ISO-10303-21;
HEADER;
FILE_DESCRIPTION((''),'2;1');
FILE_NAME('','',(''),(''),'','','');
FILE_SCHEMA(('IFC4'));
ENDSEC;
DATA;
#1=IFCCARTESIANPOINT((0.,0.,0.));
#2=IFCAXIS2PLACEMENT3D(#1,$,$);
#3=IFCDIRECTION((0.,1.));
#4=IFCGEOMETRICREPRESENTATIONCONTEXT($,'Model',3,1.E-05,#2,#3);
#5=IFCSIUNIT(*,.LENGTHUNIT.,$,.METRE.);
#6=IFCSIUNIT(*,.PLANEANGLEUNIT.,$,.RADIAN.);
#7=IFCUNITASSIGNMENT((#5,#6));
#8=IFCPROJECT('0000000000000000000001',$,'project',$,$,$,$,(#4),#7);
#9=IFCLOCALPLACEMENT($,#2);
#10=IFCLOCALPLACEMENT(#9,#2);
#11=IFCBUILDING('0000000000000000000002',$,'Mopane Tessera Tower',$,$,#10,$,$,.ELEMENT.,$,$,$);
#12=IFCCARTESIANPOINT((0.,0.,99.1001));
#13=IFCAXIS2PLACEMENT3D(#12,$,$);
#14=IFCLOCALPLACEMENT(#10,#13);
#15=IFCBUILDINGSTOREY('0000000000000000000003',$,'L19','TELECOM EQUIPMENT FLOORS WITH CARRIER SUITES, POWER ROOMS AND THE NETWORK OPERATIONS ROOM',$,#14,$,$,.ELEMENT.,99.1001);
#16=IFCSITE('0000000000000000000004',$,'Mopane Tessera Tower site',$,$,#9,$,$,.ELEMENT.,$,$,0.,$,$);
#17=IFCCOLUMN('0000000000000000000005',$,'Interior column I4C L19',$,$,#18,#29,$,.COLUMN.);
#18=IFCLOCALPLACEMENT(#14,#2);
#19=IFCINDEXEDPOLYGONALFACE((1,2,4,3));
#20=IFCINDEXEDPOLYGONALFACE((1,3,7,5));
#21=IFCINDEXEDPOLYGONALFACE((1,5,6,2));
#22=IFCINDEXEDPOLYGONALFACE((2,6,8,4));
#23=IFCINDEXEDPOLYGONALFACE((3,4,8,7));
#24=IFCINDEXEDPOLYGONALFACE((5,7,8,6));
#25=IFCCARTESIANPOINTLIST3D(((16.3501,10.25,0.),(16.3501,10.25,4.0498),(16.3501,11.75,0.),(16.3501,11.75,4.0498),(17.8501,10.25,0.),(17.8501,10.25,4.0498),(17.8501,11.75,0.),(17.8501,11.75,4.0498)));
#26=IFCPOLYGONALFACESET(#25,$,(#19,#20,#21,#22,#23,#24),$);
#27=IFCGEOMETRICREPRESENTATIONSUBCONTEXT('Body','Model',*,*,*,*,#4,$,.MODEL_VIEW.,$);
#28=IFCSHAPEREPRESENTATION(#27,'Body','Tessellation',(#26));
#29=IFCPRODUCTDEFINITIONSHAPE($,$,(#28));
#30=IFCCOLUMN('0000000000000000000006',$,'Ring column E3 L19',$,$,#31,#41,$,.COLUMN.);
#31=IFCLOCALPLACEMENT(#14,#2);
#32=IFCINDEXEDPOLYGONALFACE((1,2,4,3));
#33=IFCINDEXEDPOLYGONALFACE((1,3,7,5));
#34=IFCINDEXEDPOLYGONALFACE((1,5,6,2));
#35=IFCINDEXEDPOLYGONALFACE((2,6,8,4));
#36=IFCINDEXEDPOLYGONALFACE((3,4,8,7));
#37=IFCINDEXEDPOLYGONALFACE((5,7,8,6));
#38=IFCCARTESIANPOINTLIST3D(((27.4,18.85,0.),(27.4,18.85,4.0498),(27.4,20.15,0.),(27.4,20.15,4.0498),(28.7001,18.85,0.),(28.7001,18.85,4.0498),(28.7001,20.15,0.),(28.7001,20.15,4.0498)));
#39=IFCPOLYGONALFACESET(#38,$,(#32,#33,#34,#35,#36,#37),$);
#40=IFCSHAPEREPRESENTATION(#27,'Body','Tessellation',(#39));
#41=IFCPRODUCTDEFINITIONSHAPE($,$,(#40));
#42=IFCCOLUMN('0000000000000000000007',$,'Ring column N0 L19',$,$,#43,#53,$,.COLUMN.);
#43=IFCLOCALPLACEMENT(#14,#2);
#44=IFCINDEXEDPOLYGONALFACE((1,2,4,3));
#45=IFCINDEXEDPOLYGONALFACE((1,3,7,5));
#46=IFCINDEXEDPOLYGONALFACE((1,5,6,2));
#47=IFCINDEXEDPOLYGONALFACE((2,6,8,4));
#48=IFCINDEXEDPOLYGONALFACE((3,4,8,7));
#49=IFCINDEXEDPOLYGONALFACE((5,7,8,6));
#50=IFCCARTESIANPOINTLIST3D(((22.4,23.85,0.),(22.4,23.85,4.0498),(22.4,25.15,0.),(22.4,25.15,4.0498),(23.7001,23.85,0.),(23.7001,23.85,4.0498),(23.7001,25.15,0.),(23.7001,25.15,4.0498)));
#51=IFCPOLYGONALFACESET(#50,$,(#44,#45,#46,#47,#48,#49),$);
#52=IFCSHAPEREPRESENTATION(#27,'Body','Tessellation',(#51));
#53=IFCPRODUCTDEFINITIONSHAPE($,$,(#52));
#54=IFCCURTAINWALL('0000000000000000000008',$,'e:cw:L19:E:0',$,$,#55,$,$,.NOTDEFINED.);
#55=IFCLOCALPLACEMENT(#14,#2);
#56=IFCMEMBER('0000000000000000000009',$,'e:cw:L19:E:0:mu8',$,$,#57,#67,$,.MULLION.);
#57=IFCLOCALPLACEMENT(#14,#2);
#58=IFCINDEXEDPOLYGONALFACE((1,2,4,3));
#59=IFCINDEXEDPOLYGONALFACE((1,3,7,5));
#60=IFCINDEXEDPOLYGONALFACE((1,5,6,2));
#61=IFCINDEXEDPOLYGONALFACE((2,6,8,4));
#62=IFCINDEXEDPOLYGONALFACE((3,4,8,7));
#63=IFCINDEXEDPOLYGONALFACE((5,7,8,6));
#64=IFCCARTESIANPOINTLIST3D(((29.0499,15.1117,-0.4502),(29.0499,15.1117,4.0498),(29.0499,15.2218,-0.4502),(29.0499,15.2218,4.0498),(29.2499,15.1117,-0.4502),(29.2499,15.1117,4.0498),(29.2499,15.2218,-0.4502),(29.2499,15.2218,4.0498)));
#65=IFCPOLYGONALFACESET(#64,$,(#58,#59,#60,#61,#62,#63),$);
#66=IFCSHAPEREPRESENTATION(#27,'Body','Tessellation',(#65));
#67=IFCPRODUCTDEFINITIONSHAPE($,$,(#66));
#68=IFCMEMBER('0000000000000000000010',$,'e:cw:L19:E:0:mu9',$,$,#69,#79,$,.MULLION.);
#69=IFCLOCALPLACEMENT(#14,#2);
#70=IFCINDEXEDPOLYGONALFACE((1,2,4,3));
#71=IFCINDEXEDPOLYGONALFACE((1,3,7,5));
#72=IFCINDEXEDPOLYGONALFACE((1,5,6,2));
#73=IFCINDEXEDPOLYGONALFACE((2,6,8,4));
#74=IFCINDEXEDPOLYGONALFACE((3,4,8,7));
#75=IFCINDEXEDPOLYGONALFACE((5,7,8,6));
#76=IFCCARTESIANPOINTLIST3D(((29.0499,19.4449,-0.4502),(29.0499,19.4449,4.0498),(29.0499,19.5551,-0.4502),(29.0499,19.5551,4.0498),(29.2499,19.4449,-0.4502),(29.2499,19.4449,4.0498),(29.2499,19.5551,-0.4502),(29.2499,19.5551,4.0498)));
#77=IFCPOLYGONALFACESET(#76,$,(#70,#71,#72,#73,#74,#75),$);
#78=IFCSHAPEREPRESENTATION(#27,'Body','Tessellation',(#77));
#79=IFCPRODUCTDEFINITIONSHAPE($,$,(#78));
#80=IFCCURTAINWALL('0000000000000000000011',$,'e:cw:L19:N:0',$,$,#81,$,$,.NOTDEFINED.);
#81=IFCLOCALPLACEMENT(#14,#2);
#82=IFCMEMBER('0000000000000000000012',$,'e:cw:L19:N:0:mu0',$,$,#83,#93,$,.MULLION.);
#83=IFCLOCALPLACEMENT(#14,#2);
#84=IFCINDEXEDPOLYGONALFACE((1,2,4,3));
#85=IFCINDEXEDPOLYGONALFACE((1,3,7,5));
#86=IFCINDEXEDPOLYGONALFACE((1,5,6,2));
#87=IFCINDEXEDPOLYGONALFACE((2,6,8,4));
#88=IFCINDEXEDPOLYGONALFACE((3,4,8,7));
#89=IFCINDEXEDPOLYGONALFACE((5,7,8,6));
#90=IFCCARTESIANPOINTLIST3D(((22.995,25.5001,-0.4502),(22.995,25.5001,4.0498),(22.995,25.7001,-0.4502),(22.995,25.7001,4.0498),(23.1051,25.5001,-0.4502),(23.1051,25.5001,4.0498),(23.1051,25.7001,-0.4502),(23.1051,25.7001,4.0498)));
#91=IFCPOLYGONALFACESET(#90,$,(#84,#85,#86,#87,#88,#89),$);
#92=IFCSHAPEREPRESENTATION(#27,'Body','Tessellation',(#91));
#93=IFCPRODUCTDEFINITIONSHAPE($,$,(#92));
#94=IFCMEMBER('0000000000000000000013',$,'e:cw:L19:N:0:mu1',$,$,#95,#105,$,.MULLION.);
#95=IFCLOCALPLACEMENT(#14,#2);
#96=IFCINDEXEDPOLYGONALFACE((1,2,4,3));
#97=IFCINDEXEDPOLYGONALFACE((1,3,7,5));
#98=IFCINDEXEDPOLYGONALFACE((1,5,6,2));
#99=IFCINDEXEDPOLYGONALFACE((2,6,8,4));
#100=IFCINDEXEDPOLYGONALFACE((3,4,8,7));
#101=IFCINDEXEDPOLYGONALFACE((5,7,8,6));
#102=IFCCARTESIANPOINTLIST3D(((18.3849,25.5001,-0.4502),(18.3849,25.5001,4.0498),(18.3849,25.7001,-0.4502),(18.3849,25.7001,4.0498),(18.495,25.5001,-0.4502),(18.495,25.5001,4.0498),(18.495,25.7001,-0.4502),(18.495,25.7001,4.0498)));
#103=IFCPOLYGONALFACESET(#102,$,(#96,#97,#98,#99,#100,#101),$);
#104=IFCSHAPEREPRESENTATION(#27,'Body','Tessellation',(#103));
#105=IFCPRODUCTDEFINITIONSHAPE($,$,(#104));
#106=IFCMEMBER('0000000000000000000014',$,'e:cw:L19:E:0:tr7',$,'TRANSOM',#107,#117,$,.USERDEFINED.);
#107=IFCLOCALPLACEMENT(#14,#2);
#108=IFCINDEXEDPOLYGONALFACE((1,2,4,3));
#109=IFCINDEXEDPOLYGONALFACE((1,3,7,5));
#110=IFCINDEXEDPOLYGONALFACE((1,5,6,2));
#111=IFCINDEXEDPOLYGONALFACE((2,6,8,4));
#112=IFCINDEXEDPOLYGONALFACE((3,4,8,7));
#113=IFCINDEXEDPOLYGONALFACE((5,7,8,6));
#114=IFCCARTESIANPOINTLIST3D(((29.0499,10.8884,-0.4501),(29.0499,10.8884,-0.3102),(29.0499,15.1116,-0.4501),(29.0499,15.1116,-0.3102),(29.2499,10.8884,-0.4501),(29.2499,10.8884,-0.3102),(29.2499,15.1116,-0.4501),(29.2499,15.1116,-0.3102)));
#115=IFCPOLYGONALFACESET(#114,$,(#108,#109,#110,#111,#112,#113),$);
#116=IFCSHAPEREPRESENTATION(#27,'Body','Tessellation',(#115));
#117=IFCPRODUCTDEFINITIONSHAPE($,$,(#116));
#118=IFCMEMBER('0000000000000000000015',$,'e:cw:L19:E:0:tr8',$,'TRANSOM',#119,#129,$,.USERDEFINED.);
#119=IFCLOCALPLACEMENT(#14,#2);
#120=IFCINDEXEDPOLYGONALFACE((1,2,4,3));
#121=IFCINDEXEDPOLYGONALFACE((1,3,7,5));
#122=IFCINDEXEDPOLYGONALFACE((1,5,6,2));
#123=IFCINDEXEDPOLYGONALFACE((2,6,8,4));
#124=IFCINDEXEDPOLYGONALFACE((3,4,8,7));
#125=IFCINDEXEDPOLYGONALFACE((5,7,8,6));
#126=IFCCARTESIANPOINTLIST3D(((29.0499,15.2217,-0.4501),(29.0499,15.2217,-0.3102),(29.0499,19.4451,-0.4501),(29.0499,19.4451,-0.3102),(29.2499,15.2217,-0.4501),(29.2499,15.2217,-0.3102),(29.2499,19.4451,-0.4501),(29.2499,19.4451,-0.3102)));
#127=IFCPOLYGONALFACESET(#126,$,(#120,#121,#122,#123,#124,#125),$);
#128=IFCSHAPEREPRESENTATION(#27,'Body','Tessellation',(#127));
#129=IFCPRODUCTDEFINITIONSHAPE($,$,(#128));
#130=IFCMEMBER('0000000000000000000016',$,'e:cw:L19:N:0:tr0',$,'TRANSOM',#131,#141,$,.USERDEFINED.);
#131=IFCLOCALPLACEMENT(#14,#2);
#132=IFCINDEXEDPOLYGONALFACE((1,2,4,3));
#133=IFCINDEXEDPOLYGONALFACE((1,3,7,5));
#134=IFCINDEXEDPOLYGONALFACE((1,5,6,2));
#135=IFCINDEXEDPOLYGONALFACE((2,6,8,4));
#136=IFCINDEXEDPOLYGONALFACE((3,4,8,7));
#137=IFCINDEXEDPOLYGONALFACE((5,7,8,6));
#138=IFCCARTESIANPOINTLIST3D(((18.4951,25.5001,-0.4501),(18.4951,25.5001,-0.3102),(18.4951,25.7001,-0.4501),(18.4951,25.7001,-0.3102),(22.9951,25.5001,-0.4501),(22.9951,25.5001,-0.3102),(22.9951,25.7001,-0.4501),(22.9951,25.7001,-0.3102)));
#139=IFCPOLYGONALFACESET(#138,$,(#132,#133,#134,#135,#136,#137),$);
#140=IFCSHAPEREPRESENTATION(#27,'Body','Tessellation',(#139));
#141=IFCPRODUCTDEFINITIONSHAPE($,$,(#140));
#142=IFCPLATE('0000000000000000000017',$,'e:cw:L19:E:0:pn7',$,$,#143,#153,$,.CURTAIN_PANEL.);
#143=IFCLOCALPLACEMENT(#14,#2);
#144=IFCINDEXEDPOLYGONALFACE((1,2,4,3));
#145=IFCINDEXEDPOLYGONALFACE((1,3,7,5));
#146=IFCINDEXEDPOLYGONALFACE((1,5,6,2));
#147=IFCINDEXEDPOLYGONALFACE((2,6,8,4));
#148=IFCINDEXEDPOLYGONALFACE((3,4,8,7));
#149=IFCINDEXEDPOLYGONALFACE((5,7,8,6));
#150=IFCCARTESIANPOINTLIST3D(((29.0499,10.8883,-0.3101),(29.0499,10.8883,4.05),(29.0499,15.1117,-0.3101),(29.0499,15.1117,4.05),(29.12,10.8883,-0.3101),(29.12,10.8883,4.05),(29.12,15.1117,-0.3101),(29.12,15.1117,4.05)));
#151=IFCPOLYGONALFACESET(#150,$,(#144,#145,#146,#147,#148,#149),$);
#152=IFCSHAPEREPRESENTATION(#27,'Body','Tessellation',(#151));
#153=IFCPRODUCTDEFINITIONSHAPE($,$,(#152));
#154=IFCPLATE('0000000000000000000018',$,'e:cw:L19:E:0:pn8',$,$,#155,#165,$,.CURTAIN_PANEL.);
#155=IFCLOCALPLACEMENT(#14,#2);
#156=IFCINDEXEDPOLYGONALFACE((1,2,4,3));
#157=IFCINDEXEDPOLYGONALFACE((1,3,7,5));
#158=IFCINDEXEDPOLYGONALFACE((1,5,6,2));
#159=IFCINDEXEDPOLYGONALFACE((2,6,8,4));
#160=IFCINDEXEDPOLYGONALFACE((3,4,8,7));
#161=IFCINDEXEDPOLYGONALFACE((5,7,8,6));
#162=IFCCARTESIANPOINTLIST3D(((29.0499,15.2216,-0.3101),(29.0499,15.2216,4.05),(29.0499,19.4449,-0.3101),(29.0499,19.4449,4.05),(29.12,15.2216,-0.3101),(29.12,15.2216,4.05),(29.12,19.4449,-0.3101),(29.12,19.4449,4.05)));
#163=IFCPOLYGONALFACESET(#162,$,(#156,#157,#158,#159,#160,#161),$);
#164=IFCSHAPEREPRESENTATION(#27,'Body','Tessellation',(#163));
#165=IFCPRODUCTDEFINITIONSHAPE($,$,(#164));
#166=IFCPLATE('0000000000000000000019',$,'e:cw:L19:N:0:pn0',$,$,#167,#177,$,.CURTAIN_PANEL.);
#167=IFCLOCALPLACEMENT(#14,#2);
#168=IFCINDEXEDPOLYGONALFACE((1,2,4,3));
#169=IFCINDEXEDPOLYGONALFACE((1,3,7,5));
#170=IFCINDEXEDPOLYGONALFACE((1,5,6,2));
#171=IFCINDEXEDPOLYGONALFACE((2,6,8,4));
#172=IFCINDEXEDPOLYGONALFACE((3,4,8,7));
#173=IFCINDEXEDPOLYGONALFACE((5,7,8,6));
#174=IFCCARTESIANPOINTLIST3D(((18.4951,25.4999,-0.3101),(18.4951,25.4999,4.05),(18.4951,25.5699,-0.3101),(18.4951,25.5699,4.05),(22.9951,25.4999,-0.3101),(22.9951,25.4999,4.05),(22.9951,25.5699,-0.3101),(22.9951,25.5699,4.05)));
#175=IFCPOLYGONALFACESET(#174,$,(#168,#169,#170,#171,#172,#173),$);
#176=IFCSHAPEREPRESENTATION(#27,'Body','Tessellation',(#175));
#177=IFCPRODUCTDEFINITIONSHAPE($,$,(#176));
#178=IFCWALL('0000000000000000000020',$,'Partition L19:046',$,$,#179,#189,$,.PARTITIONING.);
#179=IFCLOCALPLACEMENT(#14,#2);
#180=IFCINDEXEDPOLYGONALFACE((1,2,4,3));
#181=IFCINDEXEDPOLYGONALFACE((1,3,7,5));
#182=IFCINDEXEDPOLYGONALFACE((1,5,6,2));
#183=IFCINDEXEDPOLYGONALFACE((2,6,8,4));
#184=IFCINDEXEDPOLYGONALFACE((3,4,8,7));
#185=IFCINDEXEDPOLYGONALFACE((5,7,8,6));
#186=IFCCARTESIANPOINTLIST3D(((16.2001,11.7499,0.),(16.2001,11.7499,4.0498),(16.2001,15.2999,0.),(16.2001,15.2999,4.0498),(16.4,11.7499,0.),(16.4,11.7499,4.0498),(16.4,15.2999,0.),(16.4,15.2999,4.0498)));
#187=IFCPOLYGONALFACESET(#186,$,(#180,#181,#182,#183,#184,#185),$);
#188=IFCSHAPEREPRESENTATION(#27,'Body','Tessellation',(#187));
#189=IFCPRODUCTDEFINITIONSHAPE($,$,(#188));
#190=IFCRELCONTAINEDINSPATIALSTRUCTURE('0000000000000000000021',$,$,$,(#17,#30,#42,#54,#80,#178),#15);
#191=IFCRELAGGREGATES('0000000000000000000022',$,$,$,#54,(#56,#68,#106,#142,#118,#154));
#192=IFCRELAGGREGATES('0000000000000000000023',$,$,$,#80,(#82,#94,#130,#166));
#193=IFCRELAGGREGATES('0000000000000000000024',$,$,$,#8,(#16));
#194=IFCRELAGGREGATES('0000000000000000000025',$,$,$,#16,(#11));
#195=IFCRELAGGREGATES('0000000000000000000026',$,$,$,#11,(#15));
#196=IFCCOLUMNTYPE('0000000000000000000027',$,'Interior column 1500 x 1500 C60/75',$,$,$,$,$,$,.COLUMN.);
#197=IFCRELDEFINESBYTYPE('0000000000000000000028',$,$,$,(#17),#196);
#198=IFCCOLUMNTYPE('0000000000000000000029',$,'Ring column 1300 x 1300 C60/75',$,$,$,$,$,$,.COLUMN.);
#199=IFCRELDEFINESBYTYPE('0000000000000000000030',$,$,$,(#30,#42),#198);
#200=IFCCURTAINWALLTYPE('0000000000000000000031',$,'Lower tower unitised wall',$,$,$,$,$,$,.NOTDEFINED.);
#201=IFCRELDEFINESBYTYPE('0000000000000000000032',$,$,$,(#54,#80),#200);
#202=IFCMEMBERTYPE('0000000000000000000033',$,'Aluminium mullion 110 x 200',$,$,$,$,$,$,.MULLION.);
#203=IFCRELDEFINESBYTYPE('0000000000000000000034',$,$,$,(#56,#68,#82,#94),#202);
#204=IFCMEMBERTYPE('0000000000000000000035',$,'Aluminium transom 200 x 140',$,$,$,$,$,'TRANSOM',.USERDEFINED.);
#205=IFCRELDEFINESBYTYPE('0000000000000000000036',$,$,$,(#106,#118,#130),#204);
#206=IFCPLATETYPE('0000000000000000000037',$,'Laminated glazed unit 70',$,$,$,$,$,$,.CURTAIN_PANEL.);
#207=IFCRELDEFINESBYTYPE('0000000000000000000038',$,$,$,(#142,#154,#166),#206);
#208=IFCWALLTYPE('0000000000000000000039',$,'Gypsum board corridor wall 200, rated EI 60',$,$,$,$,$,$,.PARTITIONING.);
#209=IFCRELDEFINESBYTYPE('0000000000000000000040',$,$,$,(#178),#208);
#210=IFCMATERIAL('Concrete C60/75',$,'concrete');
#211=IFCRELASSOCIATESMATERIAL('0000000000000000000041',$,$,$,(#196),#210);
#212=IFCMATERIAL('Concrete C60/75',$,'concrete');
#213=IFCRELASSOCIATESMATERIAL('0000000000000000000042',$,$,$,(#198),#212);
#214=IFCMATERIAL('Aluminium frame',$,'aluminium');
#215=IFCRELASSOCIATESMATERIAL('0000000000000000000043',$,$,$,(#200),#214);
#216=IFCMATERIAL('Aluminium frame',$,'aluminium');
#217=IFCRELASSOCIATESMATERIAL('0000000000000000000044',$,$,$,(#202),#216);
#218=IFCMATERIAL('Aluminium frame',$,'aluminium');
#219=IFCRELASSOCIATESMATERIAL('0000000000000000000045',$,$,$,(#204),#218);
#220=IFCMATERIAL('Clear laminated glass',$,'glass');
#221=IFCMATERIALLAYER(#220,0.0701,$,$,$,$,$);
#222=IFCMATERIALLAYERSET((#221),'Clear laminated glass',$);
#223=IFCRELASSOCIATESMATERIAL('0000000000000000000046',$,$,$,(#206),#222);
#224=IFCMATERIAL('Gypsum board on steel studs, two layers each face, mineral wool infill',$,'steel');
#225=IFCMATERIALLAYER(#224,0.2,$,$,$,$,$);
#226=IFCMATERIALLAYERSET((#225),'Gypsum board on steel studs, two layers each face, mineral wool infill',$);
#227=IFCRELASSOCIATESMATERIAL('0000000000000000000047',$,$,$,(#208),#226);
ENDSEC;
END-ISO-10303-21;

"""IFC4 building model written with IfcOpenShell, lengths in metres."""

from ifc_helpers import new_model, si_unit, direction, frame, frame_2d, origin, origin_2d, place, context, subcontext, project, spatial, rectangle, extrude, material, layer, layer_set, material_profile, profile_set, type_object, element, aggregate, save


model = new_model("IFC4")

# Units and contexts
model_context = context("Model", 3, precision=1e-05, world=origin(), true_north=direction((0.0, 1.0)))
body_context = subcontext(model_context, "Body", "Model", "MODEL_VIEW")
ifc_project = project(units=[si_unit("LENGTHUNIT", "METRE"), si_unit("PLANEANGLEUNIT", "RADIAN")], contexts=[model_context])

# Site, building, storey
site_placement = place(None, origin())
site = spatial("IfcSite", under=ifc_project, at=site_placement, Name="Mopane Tessera Tower site", CompositionType="ELEMENT", RefElevation=0.0)
building_placement = place(site_placement, origin())
building = spatial("IfcBuilding", under=site, at=building_placement, Name="Mopane Tessera Tower", CompositionType="ELEMENT")
storey_placement = place(building_placement, frame((0.0, 0.0, 99.1001)))
storey = spatial("IfcBuildingStorey", under=building, at=storey_placement, Name="L19", Description="TELECOM EQUIPMENT FLOORS WITH CARRIER SUITES, POWER ROOMS AND THE NETWORK OPERATIONS ROOM", CompositionType="ELEMENT", Elevation=99.1001)

# Columns
ifc_material_1 = material(Name="Concrete C60/75", Category="concrete")
ifc_material_profile_1 = material_profile(ifc_material_1, rectangle(XDim=1.5, YDim=1.5, at=origin_2d()))
ifc_profile_set_1 = profile_set([ifc_material_profile_1], Name="Concrete C60/75")
column_type_1 = type_object("IfcColumnType", Name="Interior column 1500 x 1500 C60/75", PredefinedType="COLUMN", material=ifc_profile_set_1)
column_placement = place(storey_placement, frame((17.1001, 11.0, 0.0), z_axis=(0.0, 0.0, 1.0), x_axis=(1.0, 0.0, 0.0)))
element("IfcColumn", 1, at=column_placement, inside=storey, type_object=column_type_1, Name="Interior column I4C L19", PredefinedType="COLUMN", context=body_context, shape_type="SweptSolid", body=[
    extrude(rectangle(XDim=1.5, YDim=1.5, at=origin_2d()), origin(), (0.0, 0.0, 1.0), 4.0498),
])
ifc_material_2 = material(Name="Concrete C60/75", Category="concrete")
ifc_material_profile_2 = material_profile(ifc_material_2, rectangle(XDim=1.3, YDim=1.3, at=origin_2d()))
ifc_profile_set_2 = profile_set([ifc_material_profile_2], Name="Concrete C60/75")
column_type_2 = type_object("IfcColumnType", Name="Ring column 1300 x 1300 C60/75", PredefinedType="COLUMN", material=ifc_profile_set_2)
for number, where, z_axis, x_axis, name in (
    (2, (28.05, 19.5, 0.0), (0.0, 0.0, 1.0), (1.0, 0.0, 0.0), "Ring column E3 L19"),
    (3, (23.05, 24.5, 0.0), (0.0, 0.0, 1.0), (1.0, 0.0, 0.0), "Ring column N0 L19"),
):
    element("IfcColumn", number, at=place(storey_placement, frame(where, z_axis=z_axis, x_axis=x_axis)), inside=storey, type_object=column_type_2, Name=name, PredefinedType="COLUMN", context=body_context, shape_type="SweptSolid", body=[
        extrude(rectangle(XDim=1.3, YDim=1.3, at=origin_2d()), origin(), (0.0, 0.0, 1.0), 4.0498),
    ])

# Curtain walls, members
ifc_material_3 = material(Name="Aluminium frame", Category="aluminium")
curtain_wall_type = type_object("IfcCurtainWallType", Name="Lower tower unitised wall", PredefinedType="NOTDEFINED", material=ifc_material_3)
curtain_wall_1_placement = place(storey_placement, origin())
curtain_wall_1 = element("IfcCurtainWall", 4, at=curtain_wall_1_placement, inside=storey, type_object=curtain_wall_type, Name="e:cw:L19:E:0", PredefinedType="NOTDEFINED")
ifc_material_4 = material(Name="Aluminium frame", Category="aluminium")
ifc_material_profile_3 = material_profile(ifc_material_4, rectangle(XDim=0.1101, YDim=0.2, at=origin_2d()))
ifc_profile_set_3 = profile_set([ifc_material_profile_3], Name="Aluminium frame")
member_type_1 = type_object("IfcMemberType", Name="Aluminium mullion 110 x 200", PredefinedType="MULLION", material=ifc_profile_set_3)
member_1_placement = place(storey_placement, frame((29.1499, 15.1667, -0.4502), z_axis=(0.0, 0.0, 1.0), x_axis=(0.0, 1.0, 0.0)))
member_1 = element("IfcMember", 5, at=member_1_placement, type_object=member_type_1, Name="e:cw:L19:E:0:mu8", PredefinedType="MULLION", context=body_context, shape_type="SweptSolid", body=[
    extrude(rectangle(XDim=0.1101, YDim=0.2, at=origin_2d()), origin(), (0.0, 0.0, 1.0), 4.5),
])
member_2_placement = place(storey_placement, frame((29.1499, 19.5, -0.4502), z_axis=(0.0, 0.0, 1.0), x_axis=(0.0, 1.0, 0.0)))
member_2 = element("IfcMember", 6, at=member_2_placement, type_object=member_type_1, Name="e:cw:L19:E:0:mu9", PredefinedType="MULLION", context=body_context, shape_type="SweptSolid", body=[
    extrude(rectangle(XDim=0.1101, YDim=0.2, at=origin_2d()), origin(), (0.0, 0.0, 1.0), 4.5),
])
curtain_wall_2_placement = place(storey_placement, origin())
curtain_wall_2 = element("IfcCurtainWall", 7, at=curtain_wall_2_placement, inside=storey, type_object=curtain_wall_type, Name="e:cw:L19:N:0", PredefinedType="NOTDEFINED")
member_3_placement = place(storey_placement, frame((23.05, 25.6001, -0.4502), z_axis=(0.0, 0.0, 1.0), x_axis=(-1.0, 0.0, 0.0)))
member_3 = element("IfcMember", 8, at=member_3_placement, type_object=member_type_1, Name="e:cw:L19:N:0:mu0", PredefinedType="MULLION", context=body_context, shape_type="SweptSolid", body=[
    extrude(rectangle(XDim=0.1101, YDim=0.2, at=origin_2d()), origin(), (0.0, 0.0, 1.0), 4.5),
])
member_4_placement = place(storey_placement, frame((18.4399, 25.6001, -0.4502), z_axis=(0.0, 0.0, 1.0), x_axis=(-1.0, 0.0, 0.0)))
member_4 = element("IfcMember", 9, at=member_4_placement, type_object=member_type_1, Name="e:cw:L19:N:0:mu1", PredefinedType="MULLION", context=body_context, shape_type="SweptSolid", body=[
    extrude(rectangle(XDim=0.1101, YDim=0.2, at=origin_2d()), origin(), (0.0, 0.0, 1.0), 4.5),
])

# Members
ifc_material_5 = material(Name="Aluminium frame", Category="aluminium")
ifc_material_profile_4 = material_profile(ifc_material_5, rectangle(XDim=0.2, YDim=0.1399, at=origin_2d()))
ifc_profile_set_4 = profile_set([ifc_material_profile_4], Name="Aluminium frame")
member_type_2 = type_object("IfcMemberType", Name="Aluminium transom 200 x 140", ElementType="TRANSOM", PredefinedType="USERDEFINED", material=ifc_profile_set_4)
member_5_placement = place(storey_placement, frame((29.1499, 10.8884, -0.3801), z_axis=(0.0, 1.0, 0.0), x_axis=(-1.0, 0.0, 0.0)))
member_5 = element("IfcMember", 10, at=member_5_placement, type_object=member_type_2, Name="e:cw:L19:E:0:tr7", ObjectType="TRANSOM", PredefinedType="USERDEFINED", context=body_context, shape_type="SweptSolid", body=[
    extrude(rectangle(XDim=0.2, YDim=0.1399, at=origin_2d()), origin(), (0.0, 0.0, 1.0), 4.2231),
])
member_6_placement = place(storey_placement, frame((29.1499, 15.2217, -0.3801), z_axis=(0.0, 1.0, 0.0), x_axis=(-1.0, 0.0, 0.0)))
member_6 = element("IfcMember", 11, at=member_6_placement, type_object=member_type_2, Name="e:cw:L19:E:0:tr8", ObjectType="TRANSOM", PredefinedType="USERDEFINED", context=body_context, shape_type="SweptSolid", body=[
    extrude(rectangle(XDim=0.2, YDim=0.1399, at=origin_2d()), origin(), (0.0, 0.0, 1.0), 4.2234),
])
member_7_placement = place(storey_placement, frame((22.9951, 25.6001, -0.3801), z_axis=(-1.0, 0.0, 0.0), x_axis=(0.0, -1.0, 0.0)))
member_7 = element("IfcMember", 12, at=member_7_placement, type_object=member_type_2, Name="e:cw:L19:N:0:tr0", ObjectType="TRANSOM", PredefinedType="USERDEFINED", context=body_context, shape_type="SweptSolid", body=[
    extrude(rectangle(XDim=0.2, YDim=0.1399, at=origin_2d()), origin(), (0.0, 0.0, 1.0), 4.5),
])

# Plates
ifc_material_6 = material(Name="Clear laminated glass", Category="glass")
ifc_layer_1 = layer(ifc_material_6, 0.0701)
ifc_layer_set_1 = layer_set([ifc_layer_1], Name="Clear laminated glass")
plate_type = type_object("IfcPlateType", Name="Laminated glazed unit 70", PredefinedType="CURTAIN_PANEL", material=ifc_layer_set_1)
plate_1_placement = place(storey_placement, frame((29.085, 13.0, -0.3101), z_axis=(0.0, 0.0, 1.0), x_axis=(0.0, 1.0, 0.0)))
plate_1 = element("IfcPlate", 13, at=plate_1_placement, type_object=plate_type, Name="e:cw:L19:E:0:pn7", PredefinedType="CURTAIN_PANEL", context=body_context, shape_type="SweptSolid", body=[
    extrude(rectangle(XDim=4.2234, YDim=0.0701, at=origin_2d()), origin(), (0.0, 0.0, 1.0), 4.3601),
])
plate_2_placement = place(storey_placement, frame((29.085, 17.3333, -0.3101), z_axis=(0.0, 0.0, 1.0), x_axis=(0.0, 1.0, 0.0)))
plate_2 = element("IfcPlate", 14, at=plate_2_placement, type_object=plate_type, Name="e:cw:L19:E:0:pn8", PredefinedType="CURTAIN_PANEL", context=body_context, shape_type="SweptSolid", body=[
    extrude(rectangle(XDim=4.2234, YDim=0.0701, at=origin_2d()), origin(), (0.0, 0.0, 1.0), 4.3601),
])
aggregate(curtain_wall_1, [member_1, member_2, member_5, plate_1, member_6, plate_2])
plate_3_placement = place(storey_placement, frame((20.7451, 25.5349, -0.3101), z_axis=(0.0, 0.0, 1.0), x_axis=(-1.0, 0.0, 0.0)))
plate_3 = element("IfcPlate", 15, at=plate_3_placement, type_object=plate_type, Name="e:cw:L19:N:0:pn0", PredefinedType="CURTAIN_PANEL", context=body_context, shape_type="SweptSolid", body=[
    extrude(rectangle(XDim=4.5, YDim=0.0701, at=origin_2d()), origin(), (0.0, 0.0, 1.0), 4.3601),
])
aggregate(curtain_wall_2, [member_3, member_4, member_7, plate_3])

# Wall
ifc_material_7 = material(Name="Gypsum board on steel studs, two layers each face, mineral wool infill", Category="steel")
ifc_layer_2 = layer(ifc_material_7, 0.2)
ifc_layer_set_2 = layer_set([ifc_layer_2], Name="Gypsum board on steel studs, two layers each face, mineral wool infill")
wall_type_1 = type_object("IfcWallType", Name="Gypsum board corridor wall 200, rated EI 60", PredefinedType="PARTITIONING", material=ifc_layer_set_2)
wall_1_placement = place(storey_placement, frame((16.3, 11.75, 0.0), z_axis=(0.0, 0.0, 1.0), x_axis=(0.0, 1.0, 0.0)))
element("IfcWall", 16, at=wall_1_placement, inside=storey, type_object=wall_type_1, Name="Partition L19:046", PredefinedType="PARTITIONING", context=body_context, shape_type="SweptSolid", body=[
    extrude(rectangle(XDim=3.55, YDim=0.2, at=frame_2d((1.7749, 0.0))), origin(), (0.0, 0.0, 1.0), 4.0498),
])

save(model, "model.ifc")
